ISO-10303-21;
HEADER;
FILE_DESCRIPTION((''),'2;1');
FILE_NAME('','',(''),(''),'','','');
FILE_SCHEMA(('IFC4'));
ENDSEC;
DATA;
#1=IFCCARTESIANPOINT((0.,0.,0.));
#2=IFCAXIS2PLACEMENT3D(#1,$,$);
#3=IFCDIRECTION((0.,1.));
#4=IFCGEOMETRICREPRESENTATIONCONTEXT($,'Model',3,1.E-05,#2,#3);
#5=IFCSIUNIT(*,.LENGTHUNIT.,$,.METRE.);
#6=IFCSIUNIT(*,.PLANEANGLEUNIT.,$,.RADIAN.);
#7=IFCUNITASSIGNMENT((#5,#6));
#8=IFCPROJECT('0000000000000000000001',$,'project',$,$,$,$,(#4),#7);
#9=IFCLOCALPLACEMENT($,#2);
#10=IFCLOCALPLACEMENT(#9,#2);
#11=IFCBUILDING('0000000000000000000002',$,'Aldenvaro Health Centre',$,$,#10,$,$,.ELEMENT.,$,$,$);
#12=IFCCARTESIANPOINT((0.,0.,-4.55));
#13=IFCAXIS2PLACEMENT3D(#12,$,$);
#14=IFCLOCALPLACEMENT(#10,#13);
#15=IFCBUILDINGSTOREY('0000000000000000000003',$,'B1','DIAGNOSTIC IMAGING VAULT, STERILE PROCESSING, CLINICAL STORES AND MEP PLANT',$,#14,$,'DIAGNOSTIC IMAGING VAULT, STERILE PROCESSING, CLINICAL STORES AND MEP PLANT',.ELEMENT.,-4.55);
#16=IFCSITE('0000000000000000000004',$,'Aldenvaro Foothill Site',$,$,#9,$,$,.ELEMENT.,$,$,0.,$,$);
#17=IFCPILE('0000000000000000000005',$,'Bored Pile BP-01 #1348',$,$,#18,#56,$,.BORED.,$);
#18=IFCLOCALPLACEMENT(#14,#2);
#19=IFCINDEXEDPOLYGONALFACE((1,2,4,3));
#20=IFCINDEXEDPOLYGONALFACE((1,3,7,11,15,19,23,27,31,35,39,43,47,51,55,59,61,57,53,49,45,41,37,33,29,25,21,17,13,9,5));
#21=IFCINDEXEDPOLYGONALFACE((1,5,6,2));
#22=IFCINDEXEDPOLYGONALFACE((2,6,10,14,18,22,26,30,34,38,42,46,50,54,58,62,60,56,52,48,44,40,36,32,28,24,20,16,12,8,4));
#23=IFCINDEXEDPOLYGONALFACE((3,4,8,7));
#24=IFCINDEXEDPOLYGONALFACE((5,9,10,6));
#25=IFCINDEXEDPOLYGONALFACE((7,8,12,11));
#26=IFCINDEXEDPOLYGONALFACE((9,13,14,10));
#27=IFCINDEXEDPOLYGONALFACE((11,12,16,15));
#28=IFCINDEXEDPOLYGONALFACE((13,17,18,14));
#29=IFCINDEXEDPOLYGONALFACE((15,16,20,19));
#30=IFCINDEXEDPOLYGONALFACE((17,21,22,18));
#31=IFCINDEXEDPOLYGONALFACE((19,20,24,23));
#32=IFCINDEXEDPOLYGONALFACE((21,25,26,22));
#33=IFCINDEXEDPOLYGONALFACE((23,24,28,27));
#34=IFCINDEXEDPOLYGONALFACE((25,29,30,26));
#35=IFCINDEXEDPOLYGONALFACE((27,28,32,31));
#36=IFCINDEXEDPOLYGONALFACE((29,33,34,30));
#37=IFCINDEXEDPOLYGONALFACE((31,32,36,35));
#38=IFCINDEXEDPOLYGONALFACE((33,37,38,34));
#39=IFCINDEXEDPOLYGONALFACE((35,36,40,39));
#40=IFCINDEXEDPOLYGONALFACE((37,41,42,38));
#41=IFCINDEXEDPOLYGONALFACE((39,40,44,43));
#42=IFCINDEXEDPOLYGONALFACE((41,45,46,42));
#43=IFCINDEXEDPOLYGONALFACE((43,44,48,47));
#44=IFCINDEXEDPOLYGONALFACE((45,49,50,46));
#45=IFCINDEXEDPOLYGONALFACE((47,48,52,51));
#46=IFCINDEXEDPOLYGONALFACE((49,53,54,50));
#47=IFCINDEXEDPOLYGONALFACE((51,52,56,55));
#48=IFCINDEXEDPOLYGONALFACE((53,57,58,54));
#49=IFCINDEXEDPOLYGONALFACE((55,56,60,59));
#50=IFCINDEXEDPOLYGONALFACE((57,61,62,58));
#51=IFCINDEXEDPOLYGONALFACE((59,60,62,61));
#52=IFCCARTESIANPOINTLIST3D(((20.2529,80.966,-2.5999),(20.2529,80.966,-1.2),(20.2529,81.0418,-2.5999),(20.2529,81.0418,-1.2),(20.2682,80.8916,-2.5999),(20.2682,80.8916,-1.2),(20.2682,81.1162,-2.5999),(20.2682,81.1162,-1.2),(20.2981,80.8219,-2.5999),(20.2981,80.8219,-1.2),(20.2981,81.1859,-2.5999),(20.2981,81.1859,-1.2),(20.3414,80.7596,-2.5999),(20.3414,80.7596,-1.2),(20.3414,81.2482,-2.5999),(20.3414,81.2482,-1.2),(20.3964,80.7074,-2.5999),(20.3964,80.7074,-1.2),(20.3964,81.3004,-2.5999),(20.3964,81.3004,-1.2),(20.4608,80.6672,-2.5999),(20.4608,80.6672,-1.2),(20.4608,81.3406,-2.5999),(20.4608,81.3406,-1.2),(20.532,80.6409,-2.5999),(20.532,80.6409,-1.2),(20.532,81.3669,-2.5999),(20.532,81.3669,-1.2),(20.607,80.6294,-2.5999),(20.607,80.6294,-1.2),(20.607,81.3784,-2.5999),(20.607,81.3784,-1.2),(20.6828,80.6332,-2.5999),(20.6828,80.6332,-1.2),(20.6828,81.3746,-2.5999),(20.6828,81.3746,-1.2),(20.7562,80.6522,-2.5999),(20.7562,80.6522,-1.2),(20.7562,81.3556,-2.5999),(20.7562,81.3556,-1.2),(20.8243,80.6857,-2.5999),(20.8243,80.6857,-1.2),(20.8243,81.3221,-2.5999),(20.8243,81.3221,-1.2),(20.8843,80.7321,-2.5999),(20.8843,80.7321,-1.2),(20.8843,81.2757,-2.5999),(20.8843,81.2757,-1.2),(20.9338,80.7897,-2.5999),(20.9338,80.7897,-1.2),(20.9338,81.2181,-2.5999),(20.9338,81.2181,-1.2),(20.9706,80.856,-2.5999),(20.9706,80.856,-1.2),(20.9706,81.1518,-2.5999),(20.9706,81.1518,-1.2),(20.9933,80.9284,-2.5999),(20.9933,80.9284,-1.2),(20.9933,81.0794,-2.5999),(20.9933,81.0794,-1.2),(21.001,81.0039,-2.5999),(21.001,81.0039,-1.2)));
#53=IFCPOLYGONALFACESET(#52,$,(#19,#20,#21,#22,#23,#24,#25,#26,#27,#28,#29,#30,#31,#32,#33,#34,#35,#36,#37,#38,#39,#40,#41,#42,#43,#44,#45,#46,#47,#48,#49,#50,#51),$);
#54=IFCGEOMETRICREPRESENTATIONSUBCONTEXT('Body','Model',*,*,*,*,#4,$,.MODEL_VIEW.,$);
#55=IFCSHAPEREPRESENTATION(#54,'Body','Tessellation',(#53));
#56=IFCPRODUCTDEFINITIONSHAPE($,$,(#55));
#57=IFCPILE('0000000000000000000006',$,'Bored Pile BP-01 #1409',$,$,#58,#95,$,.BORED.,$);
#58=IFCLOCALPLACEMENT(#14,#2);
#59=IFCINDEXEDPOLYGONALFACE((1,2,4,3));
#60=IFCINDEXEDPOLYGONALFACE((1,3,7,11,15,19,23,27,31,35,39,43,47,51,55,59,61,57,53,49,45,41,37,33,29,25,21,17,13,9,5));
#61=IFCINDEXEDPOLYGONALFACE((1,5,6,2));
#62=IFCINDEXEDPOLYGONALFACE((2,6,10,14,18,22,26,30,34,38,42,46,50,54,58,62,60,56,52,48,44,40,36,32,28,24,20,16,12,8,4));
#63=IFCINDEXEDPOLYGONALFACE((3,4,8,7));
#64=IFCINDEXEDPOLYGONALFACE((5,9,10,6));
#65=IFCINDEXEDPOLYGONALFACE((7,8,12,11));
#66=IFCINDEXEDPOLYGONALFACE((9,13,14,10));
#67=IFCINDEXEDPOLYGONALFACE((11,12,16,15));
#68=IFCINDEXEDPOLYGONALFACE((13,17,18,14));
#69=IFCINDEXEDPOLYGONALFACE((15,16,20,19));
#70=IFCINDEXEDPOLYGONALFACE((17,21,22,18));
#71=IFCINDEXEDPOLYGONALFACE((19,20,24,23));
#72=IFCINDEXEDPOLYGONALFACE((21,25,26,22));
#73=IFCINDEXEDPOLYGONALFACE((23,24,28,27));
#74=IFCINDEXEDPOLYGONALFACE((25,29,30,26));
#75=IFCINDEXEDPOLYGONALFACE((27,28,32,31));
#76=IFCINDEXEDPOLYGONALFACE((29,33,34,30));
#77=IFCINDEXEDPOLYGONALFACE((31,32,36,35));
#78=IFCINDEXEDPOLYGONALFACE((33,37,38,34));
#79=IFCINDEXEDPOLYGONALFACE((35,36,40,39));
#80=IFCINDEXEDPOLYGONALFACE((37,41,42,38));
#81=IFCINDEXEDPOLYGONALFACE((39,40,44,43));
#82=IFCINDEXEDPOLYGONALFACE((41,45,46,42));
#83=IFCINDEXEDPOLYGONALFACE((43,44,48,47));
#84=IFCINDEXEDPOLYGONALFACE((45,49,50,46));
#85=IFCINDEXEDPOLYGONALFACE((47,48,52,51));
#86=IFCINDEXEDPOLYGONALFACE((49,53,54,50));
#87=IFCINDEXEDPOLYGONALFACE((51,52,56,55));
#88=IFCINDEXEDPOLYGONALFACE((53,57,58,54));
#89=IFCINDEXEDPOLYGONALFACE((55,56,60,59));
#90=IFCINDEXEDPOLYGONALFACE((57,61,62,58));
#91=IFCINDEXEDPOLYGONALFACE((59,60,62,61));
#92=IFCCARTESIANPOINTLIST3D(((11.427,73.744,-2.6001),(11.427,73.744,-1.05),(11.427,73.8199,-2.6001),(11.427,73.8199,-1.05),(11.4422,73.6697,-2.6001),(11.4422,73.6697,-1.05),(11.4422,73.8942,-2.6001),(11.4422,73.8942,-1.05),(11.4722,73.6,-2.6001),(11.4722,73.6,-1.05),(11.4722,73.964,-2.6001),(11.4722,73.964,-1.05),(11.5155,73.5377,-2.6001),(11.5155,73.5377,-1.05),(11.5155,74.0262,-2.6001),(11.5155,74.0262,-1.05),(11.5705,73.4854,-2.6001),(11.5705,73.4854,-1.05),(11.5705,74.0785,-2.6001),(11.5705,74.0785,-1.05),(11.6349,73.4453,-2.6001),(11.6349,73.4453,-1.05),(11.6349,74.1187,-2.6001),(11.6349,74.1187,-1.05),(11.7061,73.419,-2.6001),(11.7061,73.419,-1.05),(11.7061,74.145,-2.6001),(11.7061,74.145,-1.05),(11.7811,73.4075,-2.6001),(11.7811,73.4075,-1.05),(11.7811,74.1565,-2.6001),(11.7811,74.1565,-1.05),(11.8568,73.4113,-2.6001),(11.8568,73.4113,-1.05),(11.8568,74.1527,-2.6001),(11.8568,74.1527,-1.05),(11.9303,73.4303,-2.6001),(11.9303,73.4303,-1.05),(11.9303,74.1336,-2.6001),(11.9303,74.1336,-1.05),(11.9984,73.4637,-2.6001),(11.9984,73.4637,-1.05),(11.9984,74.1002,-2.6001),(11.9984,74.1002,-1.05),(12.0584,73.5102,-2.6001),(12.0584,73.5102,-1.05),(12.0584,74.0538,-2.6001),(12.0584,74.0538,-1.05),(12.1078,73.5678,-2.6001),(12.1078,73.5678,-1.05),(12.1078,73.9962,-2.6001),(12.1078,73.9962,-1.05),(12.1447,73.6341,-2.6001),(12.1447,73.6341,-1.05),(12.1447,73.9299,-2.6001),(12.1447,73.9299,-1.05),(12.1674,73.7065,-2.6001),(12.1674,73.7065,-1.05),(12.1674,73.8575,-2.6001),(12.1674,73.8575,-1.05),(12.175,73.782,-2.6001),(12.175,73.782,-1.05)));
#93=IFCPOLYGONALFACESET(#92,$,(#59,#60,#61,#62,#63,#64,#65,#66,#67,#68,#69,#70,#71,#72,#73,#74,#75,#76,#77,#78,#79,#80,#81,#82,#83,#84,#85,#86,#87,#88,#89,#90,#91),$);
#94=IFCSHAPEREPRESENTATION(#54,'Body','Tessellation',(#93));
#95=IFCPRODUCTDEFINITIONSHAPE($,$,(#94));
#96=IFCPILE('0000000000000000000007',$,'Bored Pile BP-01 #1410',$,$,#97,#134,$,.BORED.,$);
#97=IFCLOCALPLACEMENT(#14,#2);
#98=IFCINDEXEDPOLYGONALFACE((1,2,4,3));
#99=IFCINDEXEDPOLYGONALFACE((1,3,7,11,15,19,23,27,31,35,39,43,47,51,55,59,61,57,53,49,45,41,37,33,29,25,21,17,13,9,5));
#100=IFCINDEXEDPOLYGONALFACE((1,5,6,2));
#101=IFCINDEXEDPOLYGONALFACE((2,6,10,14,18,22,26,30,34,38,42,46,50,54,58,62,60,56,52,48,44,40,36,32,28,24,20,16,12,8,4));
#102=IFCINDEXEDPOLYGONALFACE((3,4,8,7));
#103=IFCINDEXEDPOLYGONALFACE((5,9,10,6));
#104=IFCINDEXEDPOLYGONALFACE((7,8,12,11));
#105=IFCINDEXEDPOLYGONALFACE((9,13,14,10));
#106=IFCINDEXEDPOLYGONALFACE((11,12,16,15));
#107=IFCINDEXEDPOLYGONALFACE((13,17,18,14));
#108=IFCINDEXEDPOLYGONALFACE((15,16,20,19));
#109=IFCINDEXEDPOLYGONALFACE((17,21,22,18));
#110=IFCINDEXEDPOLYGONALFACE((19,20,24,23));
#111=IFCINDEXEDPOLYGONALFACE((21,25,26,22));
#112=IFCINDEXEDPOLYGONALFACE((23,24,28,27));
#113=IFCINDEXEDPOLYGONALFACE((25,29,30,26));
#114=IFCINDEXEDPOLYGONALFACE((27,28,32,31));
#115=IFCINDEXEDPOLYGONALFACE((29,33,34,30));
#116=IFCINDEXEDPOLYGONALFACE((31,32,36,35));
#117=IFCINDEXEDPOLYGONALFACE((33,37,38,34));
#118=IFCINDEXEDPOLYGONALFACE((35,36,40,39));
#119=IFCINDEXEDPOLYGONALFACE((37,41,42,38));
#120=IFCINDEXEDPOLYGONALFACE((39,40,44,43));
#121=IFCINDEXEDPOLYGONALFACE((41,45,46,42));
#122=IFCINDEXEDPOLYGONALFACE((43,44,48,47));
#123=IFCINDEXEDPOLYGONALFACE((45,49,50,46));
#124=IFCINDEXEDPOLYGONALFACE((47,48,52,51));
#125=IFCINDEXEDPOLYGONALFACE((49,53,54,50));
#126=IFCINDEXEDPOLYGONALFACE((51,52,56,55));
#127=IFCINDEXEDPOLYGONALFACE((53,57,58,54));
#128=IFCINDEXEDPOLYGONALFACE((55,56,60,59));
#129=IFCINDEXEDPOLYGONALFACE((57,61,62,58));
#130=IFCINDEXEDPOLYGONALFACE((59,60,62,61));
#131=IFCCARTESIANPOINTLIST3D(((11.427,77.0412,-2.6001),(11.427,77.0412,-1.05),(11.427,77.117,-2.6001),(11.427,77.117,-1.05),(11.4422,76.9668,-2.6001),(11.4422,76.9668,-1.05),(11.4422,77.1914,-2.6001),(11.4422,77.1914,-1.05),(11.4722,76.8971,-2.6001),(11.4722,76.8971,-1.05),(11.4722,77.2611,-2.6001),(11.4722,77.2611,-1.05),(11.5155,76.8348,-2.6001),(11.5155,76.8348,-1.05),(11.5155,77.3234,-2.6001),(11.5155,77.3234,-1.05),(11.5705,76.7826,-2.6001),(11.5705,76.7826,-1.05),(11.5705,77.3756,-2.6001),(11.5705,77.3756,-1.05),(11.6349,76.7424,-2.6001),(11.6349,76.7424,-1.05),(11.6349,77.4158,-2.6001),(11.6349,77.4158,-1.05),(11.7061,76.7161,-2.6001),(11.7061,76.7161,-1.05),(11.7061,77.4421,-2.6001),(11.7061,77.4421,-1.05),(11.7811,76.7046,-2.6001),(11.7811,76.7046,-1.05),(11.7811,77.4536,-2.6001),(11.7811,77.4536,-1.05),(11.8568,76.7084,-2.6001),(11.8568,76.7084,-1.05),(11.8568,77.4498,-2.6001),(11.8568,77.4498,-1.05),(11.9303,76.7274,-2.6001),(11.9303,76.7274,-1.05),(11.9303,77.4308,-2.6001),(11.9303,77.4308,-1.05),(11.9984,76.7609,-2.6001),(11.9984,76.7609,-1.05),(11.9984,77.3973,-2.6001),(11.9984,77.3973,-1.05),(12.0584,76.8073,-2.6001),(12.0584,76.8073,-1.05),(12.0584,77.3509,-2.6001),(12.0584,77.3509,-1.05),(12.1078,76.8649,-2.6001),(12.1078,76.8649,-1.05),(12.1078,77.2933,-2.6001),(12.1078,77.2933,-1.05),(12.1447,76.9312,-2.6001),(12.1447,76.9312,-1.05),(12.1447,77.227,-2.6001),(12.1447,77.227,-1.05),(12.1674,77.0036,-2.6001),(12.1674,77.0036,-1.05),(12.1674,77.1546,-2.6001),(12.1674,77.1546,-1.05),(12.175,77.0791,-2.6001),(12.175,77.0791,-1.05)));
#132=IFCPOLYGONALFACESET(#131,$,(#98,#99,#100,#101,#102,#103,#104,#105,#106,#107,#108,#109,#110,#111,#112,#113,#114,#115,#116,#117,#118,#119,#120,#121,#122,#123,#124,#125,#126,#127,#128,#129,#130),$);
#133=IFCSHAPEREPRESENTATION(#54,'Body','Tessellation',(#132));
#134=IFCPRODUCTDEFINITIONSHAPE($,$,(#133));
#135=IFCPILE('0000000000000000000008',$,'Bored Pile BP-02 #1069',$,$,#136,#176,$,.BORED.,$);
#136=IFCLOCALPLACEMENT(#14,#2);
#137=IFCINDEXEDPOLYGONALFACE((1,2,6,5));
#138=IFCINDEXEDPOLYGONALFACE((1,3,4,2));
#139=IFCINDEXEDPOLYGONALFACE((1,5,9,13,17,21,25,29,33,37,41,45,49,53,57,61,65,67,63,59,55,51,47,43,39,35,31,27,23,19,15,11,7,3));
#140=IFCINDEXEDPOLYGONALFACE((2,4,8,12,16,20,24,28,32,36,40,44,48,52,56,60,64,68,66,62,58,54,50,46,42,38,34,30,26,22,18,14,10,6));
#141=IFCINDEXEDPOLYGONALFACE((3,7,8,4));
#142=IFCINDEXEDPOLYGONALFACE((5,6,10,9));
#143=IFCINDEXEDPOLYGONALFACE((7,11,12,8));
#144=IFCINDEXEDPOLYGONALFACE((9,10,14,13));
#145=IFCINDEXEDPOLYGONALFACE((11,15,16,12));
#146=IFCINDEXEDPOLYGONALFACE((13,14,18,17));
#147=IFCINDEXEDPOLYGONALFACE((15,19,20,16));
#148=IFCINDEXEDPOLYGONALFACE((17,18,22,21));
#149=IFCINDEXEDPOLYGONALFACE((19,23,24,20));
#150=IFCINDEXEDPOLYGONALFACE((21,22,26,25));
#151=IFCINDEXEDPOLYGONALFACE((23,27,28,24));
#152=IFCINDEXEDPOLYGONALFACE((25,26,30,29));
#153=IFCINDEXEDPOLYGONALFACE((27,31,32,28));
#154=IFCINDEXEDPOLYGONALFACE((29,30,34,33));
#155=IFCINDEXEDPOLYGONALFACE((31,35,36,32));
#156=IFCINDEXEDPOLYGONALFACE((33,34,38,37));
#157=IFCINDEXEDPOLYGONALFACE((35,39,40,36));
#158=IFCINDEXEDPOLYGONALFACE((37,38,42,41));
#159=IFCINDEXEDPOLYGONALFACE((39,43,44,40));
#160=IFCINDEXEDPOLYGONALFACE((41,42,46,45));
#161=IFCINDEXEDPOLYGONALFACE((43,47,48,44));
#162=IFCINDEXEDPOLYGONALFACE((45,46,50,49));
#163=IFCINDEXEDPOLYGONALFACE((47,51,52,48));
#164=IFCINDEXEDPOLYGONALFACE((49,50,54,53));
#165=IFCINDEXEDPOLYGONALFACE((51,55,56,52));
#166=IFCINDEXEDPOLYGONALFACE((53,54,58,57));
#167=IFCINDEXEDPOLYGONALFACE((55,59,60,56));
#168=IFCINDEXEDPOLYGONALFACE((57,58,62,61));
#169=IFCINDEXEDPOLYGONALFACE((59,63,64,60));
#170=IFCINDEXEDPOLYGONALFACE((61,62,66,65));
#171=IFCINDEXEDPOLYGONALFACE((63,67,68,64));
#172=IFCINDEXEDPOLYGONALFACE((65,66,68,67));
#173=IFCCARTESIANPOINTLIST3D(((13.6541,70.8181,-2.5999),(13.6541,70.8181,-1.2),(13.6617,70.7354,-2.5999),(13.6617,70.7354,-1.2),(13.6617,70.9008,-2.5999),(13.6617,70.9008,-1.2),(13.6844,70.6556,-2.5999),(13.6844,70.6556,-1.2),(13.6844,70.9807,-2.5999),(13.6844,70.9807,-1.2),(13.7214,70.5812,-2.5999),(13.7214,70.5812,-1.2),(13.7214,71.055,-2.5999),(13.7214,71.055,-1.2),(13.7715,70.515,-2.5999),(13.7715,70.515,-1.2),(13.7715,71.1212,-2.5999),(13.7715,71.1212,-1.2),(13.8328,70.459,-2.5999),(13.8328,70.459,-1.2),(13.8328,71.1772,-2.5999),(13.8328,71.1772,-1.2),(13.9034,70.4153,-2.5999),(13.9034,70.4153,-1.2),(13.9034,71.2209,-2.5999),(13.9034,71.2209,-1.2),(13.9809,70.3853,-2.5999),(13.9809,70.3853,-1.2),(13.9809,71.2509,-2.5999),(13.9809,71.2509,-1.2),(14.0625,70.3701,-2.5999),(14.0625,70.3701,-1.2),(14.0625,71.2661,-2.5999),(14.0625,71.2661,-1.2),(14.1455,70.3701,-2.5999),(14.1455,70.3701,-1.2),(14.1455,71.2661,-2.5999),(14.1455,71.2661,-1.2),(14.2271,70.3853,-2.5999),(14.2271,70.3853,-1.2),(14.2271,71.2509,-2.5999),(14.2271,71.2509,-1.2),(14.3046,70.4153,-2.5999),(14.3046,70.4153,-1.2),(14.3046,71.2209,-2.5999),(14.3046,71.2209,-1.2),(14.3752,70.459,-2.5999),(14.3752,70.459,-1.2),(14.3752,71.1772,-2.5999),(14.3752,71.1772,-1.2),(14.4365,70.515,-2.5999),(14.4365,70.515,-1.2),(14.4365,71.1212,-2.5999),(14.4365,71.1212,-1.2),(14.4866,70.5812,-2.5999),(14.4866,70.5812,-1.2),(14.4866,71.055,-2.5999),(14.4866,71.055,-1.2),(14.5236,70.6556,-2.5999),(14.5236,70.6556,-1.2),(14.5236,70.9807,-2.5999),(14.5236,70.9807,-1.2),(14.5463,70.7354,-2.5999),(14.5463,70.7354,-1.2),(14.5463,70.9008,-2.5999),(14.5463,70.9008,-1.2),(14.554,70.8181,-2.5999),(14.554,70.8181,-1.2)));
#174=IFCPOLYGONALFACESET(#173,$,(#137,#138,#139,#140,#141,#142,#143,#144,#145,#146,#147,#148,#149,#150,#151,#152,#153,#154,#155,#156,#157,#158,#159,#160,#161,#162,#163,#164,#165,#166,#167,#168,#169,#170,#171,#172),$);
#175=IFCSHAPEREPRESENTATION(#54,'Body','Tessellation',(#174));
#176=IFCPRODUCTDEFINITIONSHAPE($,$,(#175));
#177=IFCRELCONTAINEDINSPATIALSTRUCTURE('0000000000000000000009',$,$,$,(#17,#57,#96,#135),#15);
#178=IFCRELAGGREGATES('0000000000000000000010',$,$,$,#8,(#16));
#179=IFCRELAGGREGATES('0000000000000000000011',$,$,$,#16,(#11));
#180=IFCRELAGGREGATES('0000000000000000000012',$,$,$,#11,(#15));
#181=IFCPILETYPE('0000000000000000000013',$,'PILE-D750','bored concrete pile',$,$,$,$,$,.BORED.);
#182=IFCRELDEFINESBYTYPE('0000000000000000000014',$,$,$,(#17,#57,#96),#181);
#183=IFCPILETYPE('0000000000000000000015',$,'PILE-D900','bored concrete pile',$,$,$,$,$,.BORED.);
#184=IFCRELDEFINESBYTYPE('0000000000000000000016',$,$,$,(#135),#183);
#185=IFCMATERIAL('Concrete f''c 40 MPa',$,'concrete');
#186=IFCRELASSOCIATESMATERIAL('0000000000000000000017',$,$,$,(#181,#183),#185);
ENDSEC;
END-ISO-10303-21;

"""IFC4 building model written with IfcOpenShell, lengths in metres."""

from ifc_helpers import new_model, si_unit, direction, frame, origin, origin_2d, place, context, subcontext, project, spatial, circle, extrude, material, material_profile, profile_set, type_object, element, save


model = new_model("IFC4")

# Units and contexts
model_context = context("Model", 3, precision=1e-05, world=origin(), true_north=direction((0.0, 1.0)))
body_context = subcontext(model_context, "Body", "Model", "MODEL_VIEW")
ifc_project = project(units=[si_unit("LENGTHUNIT", "METRE"), si_unit("PLANEANGLEUNIT", "RADIAN")], contexts=[model_context])

# Site, building, storey
site_placement = place(None, origin())
site = spatial("IfcSite", under=ifc_project, at=site_placement, Name="Aldenvaro Foothill Site", CompositionType="ELEMENT", RefElevation=0.0)
building_placement = place(site_placement, origin())
building = spatial("IfcBuilding", under=site, at=building_placement, Name="Aldenvaro Health Centre", CompositionType="ELEMENT")
storey_placement = place(building_placement, frame((0.0, 0.0, -4.55)))
storey = spatial("IfcBuildingStorey", under=building, at=storey_placement, Name="B1", Description="DIAGNOSTIC IMAGING VAULT, STERILE PROCESSING, CLINICAL STORES AND MEP PLANT", LongName="DIAGNOSTIC IMAGING VAULT, STERILE PROCESSING, CLINICAL STORES AND MEP PLANT", CompositionType="ELEMENT", Elevation=-4.55)

# Shared definitions
ifc_material = material(Name="Concrete f'c 40 MPa", Category="concrete")

# Piles
ifc_material_profile_1 = material_profile(ifc_material, circle(Radius=0.375, at=origin_2d()), Name="PILE D750", Category="concrete")
ifc_profile_set_1 = profile_set([ifc_material_profile_1], Name="Concrete f'c 40 MPa")
pile_type_1 = type_object("IfcPileType", Name="PILE-D750", Description="bored concrete pile", PredefinedType="BORED", material=ifc_profile_set_1)
pile_placement = place(storey_placement, frame((20.626, 81.0039, -1.2), z_axis=(0.0, 0.0, -1.0), x_axis=(1.0, 0.0, 0.0)))
element("IfcPile", 1, at=pile_placement, inside=storey, type_object=pile_type_1, Name="Bored Pile BP-01 #1348", PredefinedType="BORED", context=body_context, shape_type="SweptSolid", body=[
    extrude(circle(Radius=0.375, at=origin_2d()), origin(), (0.0, 0.0, 1.0), 1.3999),
])
for number, where, z_axis, x_axis, name in (
    (2, (11.8, 73.782, -1.05), (0.0, 0.0, -1.0), (1.0, 0.0, 0.0), "Bored Pile BP-01 #1409"),
    (3, (11.8, 77.0791, -1.05), (0.0, 0.0, -1.0), (1.0, 0.0, 0.0), "Bored Pile BP-01 #1410"),
):
    element("IfcPile", number, at=place(storey_placement, frame(where, z_axis=z_axis, x_axis=x_axis)), inside=storey, type_object=pile_type_1, Name=name, PredefinedType="BORED", context=body_context, shape_type="SweptSolid", body=[
        extrude(circle(Radius=0.375, at=origin_2d()), origin(), (0.0, 0.0, 1.0), 1.55),
    ])
ifc_material_profile_2 = material_profile(ifc_material, circle(Radius=0.45, at=origin_2d()), Name="PILE D900", Category="concrete")
ifc_profile_set_2 = profile_set([ifc_material_profile_2], Name="Concrete f'c 40 MPa")
pile_type_2 = type_object("IfcPileType", Name="PILE-D900", Description="bored concrete pile", PredefinedType="BORED", material=ifc_profile_set_2)
for number, where, z_axis, x_axis, name in (
    (4, (14.104, 70.8181, -1.2), (0.0, 0.0, -1.0), (1.0, 0.0, 0.0), "Bored Pile BP-02 #1069"),
):
    element("IfcPile", number, at=place(storey_placement, frame(where, z_axis=z_axis, x_axis=x_axis)), inside=storey, type_object=pile_type_2, Name=name, PredefinedType="BORED", context=body_context, shape_type="SweptSolid", body=[
        extrude(circle(Radius=0.45, at=origin_2d()), origin(), (0.0, 0.0, 1.0), 1.3999),
    ])

save(model, "model.ifc")
